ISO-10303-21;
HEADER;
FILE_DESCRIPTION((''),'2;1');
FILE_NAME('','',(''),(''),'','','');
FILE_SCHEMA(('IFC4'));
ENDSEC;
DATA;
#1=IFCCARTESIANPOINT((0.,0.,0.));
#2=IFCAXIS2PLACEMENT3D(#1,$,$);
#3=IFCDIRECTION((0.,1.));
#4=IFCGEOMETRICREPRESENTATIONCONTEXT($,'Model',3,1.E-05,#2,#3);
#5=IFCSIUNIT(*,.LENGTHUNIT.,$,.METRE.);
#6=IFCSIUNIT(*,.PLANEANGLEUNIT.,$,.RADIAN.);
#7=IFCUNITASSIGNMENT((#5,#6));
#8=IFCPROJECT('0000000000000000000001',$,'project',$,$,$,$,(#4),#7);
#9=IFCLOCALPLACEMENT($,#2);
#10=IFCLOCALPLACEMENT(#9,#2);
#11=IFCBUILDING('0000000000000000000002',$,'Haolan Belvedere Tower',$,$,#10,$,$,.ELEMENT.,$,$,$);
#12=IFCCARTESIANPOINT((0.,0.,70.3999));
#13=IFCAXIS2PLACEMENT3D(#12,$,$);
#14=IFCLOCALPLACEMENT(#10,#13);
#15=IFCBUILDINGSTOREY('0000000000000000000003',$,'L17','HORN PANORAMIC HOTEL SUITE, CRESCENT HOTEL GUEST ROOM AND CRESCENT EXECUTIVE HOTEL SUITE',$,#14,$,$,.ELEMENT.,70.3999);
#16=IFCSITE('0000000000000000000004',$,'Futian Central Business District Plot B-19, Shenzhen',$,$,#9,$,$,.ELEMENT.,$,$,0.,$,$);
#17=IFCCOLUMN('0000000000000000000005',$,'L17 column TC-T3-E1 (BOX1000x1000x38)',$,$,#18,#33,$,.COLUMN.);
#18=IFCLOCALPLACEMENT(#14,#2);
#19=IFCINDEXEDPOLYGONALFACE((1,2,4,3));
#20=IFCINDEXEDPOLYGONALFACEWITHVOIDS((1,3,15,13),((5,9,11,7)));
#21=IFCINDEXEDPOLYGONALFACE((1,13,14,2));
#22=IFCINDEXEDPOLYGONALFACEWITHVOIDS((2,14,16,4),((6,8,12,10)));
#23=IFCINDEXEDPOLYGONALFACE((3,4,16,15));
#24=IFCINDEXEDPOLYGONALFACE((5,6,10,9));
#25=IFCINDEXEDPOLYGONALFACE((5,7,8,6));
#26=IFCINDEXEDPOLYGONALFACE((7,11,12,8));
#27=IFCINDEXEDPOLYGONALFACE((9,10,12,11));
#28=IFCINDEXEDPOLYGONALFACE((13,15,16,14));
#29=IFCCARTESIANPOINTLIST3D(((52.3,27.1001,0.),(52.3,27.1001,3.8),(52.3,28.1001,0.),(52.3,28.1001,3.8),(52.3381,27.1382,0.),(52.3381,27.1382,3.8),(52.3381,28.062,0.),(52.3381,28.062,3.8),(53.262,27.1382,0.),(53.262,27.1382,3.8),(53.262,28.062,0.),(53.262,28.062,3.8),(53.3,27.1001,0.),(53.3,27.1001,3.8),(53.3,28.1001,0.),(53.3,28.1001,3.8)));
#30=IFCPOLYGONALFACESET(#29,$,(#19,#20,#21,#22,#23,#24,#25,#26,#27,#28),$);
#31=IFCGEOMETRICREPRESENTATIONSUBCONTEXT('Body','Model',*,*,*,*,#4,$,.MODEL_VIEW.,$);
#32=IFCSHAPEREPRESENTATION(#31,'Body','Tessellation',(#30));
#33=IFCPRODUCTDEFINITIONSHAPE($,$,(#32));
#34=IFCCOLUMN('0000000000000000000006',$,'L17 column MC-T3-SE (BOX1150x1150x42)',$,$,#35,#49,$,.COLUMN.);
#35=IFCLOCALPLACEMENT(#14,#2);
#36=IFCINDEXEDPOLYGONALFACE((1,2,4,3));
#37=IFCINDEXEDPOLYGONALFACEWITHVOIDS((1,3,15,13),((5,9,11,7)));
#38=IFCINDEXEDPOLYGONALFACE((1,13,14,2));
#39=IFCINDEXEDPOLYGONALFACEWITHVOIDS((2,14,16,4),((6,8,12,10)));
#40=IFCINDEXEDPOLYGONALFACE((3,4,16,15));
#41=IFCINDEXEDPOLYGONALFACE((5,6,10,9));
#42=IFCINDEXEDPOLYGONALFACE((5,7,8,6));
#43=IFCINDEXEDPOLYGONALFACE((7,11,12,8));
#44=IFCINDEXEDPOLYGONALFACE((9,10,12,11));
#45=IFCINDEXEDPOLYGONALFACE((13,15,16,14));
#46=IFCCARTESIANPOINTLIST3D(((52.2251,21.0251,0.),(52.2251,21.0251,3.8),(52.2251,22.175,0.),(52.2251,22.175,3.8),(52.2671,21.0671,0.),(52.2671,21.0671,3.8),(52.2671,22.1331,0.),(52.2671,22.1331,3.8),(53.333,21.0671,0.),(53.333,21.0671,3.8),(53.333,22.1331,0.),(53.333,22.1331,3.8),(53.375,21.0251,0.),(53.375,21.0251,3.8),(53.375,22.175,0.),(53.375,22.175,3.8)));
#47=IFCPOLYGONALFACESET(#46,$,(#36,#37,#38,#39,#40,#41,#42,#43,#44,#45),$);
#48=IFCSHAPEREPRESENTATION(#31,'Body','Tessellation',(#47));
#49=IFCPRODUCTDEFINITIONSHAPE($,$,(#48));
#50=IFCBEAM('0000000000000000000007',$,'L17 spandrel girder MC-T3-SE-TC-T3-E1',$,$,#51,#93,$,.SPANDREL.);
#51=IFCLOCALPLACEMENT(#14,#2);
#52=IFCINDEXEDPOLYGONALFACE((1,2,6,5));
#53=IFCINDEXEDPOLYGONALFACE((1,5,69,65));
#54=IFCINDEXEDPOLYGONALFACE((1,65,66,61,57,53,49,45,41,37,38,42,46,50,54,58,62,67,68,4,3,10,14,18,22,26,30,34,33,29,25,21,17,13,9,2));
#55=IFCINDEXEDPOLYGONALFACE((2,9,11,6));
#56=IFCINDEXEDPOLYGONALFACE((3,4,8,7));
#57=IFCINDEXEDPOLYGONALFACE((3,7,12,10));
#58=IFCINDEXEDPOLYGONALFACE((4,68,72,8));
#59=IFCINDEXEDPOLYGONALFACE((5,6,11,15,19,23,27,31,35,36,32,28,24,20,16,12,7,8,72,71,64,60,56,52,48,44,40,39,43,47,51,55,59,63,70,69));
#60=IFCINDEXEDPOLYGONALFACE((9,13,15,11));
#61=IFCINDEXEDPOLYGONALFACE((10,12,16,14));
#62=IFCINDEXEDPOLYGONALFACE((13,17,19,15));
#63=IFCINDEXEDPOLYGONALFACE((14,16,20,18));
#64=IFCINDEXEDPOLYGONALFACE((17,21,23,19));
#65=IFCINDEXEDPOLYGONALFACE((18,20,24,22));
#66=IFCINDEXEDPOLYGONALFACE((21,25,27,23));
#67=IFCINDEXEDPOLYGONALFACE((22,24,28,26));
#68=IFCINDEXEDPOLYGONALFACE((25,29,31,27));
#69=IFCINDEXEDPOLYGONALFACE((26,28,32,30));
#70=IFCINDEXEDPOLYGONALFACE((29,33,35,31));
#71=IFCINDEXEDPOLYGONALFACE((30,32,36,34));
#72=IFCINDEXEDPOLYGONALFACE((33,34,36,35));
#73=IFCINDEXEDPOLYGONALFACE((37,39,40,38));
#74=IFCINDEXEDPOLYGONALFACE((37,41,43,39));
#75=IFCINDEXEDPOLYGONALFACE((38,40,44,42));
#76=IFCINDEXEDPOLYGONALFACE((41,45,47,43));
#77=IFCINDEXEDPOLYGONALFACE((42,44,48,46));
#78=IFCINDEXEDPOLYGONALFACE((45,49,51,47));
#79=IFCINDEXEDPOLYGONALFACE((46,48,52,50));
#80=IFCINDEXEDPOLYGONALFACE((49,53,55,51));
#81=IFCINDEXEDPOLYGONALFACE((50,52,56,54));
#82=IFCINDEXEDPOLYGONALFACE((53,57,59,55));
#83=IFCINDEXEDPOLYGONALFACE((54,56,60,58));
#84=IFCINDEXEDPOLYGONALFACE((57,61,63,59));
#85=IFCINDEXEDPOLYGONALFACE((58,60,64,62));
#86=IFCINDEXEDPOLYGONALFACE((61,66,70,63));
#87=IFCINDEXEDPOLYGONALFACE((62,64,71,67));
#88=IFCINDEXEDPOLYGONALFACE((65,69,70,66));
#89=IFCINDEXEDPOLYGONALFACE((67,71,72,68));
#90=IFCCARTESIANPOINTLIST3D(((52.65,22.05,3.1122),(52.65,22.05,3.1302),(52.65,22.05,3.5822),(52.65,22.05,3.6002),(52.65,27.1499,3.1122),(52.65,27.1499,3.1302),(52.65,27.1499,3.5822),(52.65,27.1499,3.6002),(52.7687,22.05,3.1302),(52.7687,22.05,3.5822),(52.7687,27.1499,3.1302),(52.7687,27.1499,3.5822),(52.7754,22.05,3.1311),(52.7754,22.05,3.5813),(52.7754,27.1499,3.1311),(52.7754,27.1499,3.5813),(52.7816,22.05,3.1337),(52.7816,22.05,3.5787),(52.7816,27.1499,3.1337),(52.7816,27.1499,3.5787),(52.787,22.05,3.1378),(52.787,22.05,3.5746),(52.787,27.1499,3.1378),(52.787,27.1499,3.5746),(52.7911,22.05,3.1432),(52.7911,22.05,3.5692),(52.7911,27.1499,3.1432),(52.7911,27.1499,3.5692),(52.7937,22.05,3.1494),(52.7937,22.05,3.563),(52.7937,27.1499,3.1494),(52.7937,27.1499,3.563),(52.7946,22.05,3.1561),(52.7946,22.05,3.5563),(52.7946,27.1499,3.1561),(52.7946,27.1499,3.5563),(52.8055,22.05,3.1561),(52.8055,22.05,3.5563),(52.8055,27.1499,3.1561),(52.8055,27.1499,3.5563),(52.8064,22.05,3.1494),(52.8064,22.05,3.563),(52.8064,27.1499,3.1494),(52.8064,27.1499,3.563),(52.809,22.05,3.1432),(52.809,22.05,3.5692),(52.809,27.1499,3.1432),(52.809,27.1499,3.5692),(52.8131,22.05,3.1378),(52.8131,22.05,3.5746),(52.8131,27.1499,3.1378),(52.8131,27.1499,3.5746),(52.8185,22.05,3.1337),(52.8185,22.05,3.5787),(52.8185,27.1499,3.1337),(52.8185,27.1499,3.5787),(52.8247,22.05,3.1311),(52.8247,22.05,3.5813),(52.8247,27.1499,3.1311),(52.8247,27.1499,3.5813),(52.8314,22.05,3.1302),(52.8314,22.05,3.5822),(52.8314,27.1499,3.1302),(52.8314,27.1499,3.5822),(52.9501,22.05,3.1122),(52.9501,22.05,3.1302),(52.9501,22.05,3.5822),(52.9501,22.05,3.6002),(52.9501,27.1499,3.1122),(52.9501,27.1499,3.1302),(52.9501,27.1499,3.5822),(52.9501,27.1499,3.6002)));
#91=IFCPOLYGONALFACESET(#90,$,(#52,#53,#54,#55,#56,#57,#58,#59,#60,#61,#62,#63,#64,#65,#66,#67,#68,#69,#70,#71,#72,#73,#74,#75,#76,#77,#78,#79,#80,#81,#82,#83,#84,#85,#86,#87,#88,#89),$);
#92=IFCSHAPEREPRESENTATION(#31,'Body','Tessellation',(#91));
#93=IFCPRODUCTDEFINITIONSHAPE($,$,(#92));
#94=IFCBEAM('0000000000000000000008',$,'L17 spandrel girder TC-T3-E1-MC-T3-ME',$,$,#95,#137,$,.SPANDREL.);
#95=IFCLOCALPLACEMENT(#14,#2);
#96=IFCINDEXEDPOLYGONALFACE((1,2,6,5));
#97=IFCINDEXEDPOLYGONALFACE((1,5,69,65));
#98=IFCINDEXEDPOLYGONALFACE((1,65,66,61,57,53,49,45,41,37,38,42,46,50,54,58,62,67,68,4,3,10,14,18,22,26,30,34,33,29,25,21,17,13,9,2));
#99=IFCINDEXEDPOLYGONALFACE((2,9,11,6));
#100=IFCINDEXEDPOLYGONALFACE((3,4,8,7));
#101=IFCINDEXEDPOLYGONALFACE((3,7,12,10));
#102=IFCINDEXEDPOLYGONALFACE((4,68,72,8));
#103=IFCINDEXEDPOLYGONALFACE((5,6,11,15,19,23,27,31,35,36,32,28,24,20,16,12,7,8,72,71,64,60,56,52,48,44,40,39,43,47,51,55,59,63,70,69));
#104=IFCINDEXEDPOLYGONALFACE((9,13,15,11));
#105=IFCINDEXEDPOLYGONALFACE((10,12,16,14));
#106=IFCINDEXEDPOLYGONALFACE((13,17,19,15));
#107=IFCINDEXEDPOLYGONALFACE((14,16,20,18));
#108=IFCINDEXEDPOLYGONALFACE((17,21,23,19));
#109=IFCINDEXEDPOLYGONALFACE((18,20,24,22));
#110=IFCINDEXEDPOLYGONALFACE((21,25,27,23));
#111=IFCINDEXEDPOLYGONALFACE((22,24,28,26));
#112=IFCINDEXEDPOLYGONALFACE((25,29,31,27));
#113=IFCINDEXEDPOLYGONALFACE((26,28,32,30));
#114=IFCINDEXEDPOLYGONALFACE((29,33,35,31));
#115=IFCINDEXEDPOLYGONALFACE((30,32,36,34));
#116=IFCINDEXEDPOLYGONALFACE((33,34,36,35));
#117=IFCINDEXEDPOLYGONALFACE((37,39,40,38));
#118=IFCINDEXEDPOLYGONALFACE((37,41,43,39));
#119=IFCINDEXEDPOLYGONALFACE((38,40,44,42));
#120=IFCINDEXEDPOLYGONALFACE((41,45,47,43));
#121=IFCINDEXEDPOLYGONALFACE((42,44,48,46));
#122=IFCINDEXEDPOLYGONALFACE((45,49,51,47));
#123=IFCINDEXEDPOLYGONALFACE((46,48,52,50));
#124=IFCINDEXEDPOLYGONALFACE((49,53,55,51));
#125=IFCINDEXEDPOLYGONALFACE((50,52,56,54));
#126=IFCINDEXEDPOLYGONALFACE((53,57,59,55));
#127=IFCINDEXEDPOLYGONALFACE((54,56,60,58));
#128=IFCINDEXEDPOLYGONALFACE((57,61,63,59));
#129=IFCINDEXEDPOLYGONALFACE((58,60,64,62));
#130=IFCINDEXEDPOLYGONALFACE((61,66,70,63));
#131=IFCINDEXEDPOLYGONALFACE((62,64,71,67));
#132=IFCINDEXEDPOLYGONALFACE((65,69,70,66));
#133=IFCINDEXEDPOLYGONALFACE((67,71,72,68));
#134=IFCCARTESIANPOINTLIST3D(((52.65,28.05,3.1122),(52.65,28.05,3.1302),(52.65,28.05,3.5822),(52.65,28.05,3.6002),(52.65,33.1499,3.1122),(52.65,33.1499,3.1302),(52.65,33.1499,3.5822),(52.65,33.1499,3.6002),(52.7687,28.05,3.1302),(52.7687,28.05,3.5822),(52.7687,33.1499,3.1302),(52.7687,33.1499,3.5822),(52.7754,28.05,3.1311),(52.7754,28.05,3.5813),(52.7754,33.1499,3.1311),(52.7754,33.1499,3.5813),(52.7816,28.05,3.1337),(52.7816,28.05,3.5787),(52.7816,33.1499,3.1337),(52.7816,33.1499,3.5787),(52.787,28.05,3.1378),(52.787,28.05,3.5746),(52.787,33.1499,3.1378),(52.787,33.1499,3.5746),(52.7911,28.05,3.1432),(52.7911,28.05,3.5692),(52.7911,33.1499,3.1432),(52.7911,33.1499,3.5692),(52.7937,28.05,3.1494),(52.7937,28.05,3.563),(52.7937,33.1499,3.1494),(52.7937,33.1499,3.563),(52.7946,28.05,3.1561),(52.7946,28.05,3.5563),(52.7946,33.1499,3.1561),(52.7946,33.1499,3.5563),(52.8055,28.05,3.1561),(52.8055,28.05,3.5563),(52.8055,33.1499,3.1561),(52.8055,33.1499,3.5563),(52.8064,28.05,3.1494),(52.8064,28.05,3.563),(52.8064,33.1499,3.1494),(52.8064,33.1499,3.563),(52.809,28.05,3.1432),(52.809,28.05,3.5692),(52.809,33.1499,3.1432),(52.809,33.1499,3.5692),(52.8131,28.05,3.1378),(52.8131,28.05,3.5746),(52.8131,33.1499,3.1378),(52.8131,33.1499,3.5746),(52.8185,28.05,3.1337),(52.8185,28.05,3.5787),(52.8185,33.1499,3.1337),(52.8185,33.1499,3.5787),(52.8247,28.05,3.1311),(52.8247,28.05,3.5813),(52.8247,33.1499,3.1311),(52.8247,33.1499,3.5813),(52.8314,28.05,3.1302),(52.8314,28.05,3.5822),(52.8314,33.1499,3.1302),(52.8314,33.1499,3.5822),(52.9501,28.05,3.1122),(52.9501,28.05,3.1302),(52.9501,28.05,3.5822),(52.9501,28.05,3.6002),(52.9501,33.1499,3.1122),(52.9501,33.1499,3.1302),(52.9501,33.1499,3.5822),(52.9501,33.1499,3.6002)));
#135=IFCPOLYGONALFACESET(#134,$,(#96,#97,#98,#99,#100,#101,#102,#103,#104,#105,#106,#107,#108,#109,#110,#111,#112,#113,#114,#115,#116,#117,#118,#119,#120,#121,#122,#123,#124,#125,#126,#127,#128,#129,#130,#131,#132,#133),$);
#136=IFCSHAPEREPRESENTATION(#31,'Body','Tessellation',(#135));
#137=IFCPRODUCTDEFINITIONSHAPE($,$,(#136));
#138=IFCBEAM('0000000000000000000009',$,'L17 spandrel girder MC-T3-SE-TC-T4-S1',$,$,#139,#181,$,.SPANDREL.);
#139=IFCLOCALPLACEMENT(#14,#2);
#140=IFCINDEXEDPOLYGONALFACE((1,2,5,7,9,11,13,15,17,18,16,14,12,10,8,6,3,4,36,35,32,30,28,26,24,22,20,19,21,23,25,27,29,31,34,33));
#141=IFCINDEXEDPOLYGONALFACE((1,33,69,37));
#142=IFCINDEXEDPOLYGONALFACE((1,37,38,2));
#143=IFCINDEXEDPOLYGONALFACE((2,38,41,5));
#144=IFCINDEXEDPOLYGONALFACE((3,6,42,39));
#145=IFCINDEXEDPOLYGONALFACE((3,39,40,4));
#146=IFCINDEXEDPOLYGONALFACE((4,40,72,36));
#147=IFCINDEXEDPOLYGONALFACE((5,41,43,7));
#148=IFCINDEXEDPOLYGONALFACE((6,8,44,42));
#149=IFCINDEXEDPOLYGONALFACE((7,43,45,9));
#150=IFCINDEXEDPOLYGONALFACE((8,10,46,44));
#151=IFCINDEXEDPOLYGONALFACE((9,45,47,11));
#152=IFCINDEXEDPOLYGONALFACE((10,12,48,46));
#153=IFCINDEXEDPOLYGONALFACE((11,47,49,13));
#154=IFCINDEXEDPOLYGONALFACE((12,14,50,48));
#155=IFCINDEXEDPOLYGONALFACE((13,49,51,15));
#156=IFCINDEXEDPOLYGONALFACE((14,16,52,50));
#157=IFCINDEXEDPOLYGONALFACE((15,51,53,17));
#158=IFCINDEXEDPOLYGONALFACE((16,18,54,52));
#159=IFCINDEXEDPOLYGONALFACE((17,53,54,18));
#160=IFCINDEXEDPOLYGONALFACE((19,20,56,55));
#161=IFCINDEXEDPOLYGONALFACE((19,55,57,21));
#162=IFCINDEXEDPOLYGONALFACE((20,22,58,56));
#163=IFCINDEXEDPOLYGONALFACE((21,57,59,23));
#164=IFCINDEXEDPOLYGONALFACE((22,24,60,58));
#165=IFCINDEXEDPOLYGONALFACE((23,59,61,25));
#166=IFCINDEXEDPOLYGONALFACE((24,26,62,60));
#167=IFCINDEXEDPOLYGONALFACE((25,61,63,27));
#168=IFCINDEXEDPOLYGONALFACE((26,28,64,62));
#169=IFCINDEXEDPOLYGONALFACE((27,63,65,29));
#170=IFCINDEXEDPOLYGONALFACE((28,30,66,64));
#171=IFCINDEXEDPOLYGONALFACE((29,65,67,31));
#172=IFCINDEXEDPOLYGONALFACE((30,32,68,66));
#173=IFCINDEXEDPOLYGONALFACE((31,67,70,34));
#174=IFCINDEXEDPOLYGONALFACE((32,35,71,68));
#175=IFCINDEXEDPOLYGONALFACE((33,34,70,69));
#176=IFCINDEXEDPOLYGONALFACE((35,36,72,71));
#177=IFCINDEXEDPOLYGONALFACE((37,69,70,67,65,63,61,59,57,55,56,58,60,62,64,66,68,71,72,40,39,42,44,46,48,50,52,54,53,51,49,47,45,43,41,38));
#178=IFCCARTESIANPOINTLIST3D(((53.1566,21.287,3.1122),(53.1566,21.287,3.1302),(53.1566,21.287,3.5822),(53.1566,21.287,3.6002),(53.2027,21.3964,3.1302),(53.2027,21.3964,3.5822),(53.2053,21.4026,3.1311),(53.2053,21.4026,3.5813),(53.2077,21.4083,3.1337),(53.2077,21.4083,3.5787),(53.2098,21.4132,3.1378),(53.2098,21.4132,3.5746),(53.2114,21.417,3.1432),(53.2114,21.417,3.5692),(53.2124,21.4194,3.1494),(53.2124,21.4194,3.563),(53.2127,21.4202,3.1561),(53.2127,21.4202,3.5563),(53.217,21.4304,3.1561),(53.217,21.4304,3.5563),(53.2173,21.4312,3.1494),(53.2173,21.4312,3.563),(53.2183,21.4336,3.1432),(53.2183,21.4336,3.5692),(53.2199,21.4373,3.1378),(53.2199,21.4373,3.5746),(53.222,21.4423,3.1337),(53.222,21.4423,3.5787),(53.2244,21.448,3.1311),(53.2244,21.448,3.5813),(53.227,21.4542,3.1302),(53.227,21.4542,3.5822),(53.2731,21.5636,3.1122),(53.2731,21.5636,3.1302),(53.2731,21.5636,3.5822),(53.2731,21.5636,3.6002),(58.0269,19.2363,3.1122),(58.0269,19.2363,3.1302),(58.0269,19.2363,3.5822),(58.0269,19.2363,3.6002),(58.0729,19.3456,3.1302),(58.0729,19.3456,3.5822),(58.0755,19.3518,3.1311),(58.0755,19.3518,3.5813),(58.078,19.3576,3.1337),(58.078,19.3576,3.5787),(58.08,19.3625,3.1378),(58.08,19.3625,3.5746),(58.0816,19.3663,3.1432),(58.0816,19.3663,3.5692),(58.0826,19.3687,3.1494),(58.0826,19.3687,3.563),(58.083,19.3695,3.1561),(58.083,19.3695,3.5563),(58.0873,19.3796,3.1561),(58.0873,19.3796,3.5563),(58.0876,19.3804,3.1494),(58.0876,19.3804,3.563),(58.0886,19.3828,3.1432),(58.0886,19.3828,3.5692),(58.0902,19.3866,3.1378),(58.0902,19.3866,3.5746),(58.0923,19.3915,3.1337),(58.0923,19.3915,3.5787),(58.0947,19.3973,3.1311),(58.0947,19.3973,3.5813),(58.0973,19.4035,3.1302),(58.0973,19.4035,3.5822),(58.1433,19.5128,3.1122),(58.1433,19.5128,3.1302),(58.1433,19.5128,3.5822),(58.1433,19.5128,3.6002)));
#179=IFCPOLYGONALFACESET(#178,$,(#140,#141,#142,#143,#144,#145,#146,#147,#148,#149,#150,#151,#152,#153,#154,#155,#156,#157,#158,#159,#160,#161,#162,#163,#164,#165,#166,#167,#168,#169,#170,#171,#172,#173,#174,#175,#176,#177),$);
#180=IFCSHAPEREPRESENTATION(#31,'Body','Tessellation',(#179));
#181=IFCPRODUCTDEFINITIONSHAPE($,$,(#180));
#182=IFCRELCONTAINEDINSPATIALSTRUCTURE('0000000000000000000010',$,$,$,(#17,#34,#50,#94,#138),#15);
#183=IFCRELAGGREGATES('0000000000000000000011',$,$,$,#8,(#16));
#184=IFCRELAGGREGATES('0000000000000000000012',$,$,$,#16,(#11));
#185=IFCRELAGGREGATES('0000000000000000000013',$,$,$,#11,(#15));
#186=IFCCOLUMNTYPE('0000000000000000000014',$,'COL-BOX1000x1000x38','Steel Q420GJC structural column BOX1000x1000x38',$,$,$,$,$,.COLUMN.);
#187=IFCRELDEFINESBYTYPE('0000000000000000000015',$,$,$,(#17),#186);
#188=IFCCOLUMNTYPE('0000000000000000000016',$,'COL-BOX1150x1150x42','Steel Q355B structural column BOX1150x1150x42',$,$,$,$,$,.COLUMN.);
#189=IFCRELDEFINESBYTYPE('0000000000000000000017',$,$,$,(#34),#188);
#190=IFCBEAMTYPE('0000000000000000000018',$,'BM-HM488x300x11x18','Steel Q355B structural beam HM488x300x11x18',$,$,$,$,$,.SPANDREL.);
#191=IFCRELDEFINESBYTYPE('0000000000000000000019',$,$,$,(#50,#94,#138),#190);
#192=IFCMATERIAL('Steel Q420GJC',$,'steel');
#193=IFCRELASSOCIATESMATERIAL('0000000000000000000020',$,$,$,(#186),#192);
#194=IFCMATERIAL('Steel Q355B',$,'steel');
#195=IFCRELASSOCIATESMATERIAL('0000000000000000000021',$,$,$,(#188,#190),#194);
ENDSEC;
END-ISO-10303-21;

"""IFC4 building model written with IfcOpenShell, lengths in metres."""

from ifc_helpers import new_model, si_unit, direction, frame, origin, origin_2d, place, context, subcontext, project, spatial, hollow_rectangle, i_section, extrude, material, material_profile, profile_set, type_object, element, save


model = new_model("IFC4")

# Units and contexts
model_context = context("Model", 3, precision=1e-05, world=origin(), true_north=direction((0.0, 1.0)))
body_context = subcontext(model_context, "Body", "Model", "MODEL_VIEW")
ifc_project = project(units=[si_unit("LENGTHUNIT", "METRE"), si_unit("PLANEANGLEUNIT", "RADIAN")], contexts=[model_context])

# Site, building, storey
site_placement = place(None, origin())
site = spatial("IfcSite", under=ifc_project, at=site_placement, Name="Futian Central Business District Plot B-19, Shenzhen", CompositionType="ELEMENT", RefElevation=0.0)
building_placement = place(site_placement, origin())
building = spatial("IfcBuilding", under=site, at=building_placement, Name="Haolan Belvedere Tower", CompositionType="ELEMENT")
storey_placement = place(building_placement, frame((0.0, 0.0, 70.3999)))
storey = spatial("IfcBuildingStorey", under=building, at=storey_placement, Name="L17", Description="HORN PANORAMIC HOTEL SUITE, CRESCENT HOTEL GUEST ROOM AND CRESCENT EXECUTIVE HOTEL SUITE", CompositionType="ELEMENT", Elevation=70.3999)

# Columns
ifc_material_1 = material(Name="Steel Q420GJC", Category="steel")
ifc_material_profile_1 = material_profile(ifc_material_1, hollow_rectangle(XDim=1.0, YDim=1.0, WallThickness=0.0381, at=origin_2d()), Name="Steel Q420GJC")
ifc_profile_set_1 = profile_set([ifc_material_profile_1], Name="Steel Q420GJC")
column_type_1 = type_object("IfcColumnType", Name="COL-BOX1000x1000x38", Description="Steel Q420GJC structural column BOX1000x1000x38", PredefinedType="COLUMN", material=ifc_profile_set_1)
column_1_placement = place(storey_placement, frame((52.8, 27.6001, 0.0), z_axis=(0.0, 0.0, 1.0), x_axis=(1.0, 0.0, 0.0)))
element("IfcColumn", 1, at=column_1_placement, inside=storey, type_object=column_type_1, Name="L17 column TC-T3-E1 (BOX1000x1000x38)", PredefinedType="COLUMN", context=body_context, shape_type="SweptSolid", body=[
    extrude(hollow_rectangle(XDim=1.0, YDim=1.0, WallThickness=0.0381, at=origin_2d()), origin(), (0.0, 0.0, 1.0), 3.8),
])
ifc_material_2 = material(Name="Steel Q355B", Category="steel")
ifc_material_profile_2 = material_profile(ifc_material_2, hollow_rectangle(XDim=1.1499, YDim=1.1499, WallThickness=0.042, at=origin_2d()), Name="Steel Q355B")
ifc_profile_set_2 = profile_set([ifc_material_profile_2], Name="Steel Q355B")
column_type_2 = type_object("IfcColumnType", Name="COL-BOX1150x1150x42", Description="Steel Q355B structural column BOX1150x1150x42", PredefinedType="COLUMN", material=ifc_profile_set_2)
column_2_placement = place(storey_placement, frame((52.8, 21.6001, 0.0), z_axis=(0.0, 0.0, 1.0), x_axis=(1.0, 0.0, 0.0)))
element("IfcColumn", 2, at=column_2_placement, inside=storey, type_object=column_type_2, Name="L17 column MC-T3-SE (BOX1150x1150x42)", PredefinedType="COLUMN", context=body_context, shape_type="SweptSolid", body=[
    extrude(hollow_rectangle(XDim=1.1499, YDim=1.1499, WallThickness=0.042, at=origin_2d()), origin(), (0.0, 0.0, 1.0), 3.8),
])

# Beams
ifc_material_profile_3 = material_profile(ifc_material_2, i_section(OverallWidth=0.3, OverallDepth=0.488, WebThickness=0.011, FlangeThickness=0.0181, FilletRadius=0.0259, at=origin_2d()), Name="Steel Q355B")
ifc_profile_set_3 = profile_set([ifc_material_profile_3], Name="Steel Q355B")
beam_type_1 = type_object("IfcBeamType", Name="BM-HM488x300x11x18", Description="Steel Q355B structural beam HM488x300x11x18", PredefinedType="SPANDREL", material=ifc_profile_set_3)
for number, where, z_axis, x_axis, name in (
    (3, (52.8, 22.05, 3.3562), (0.0, 1.0, 0.0), (-1.0, 0.0, 0.0), "L17 spandrel girder MC-T3-SE-TC-T3-E1"),
    (4, (52.8, 28.05, 3.3562), (0.0, 1.0, 0.0), (-1.0, 0.0, 0.0), "L17 spandrel girder TC-T3-E1-MC-T3-ME"),
):
    element("IfcBeam", number, at=place(storey_placement, frame(where, z_axis=z_axis, x_axis=x_axis)), inside=storey, type_object=beam_type_1, Name=name, PredefinedType="SPANDREL", context=body_context, shape_type="SweptSolid", body=[
        extrude(i_section(OverallWidth=0.3, OverallDepth=0.488, WebThickness=0.011, FlangeThickness=0.0181, FilletRadius=0.0259, at=origin_2d()), origin(), (0.0, 0.0, 1.0), 5.0999),
    ])
beam_1_placement = place(storey_placement, frame((53.2148, 21.4253, 3.3562), z_axis=(0.921628, -0.388074, 0.0), x_axis=(0.388074, 0.921628, 0.0)))
element("IfcBeam", 5, at=beam_1_placement, inside=storey, type_object=beam_type_1, Name="L17 spandrel girder MC-T3-SE-TC-T4-S1", PredefinedType="SPANDREL", context=body_context, shape_type="SweptSolid", body=[
    extrude(i_section(OverallWidth=0.3, OverallDepth=0.488, WebThickness=0.011, FlangeThickness=0.0181, FilletRadius=0.0259, at=origin_2d()), origin(), (0.0, 0.0, 1.0), 5.2844),
])

save(model, "model.ifc")
